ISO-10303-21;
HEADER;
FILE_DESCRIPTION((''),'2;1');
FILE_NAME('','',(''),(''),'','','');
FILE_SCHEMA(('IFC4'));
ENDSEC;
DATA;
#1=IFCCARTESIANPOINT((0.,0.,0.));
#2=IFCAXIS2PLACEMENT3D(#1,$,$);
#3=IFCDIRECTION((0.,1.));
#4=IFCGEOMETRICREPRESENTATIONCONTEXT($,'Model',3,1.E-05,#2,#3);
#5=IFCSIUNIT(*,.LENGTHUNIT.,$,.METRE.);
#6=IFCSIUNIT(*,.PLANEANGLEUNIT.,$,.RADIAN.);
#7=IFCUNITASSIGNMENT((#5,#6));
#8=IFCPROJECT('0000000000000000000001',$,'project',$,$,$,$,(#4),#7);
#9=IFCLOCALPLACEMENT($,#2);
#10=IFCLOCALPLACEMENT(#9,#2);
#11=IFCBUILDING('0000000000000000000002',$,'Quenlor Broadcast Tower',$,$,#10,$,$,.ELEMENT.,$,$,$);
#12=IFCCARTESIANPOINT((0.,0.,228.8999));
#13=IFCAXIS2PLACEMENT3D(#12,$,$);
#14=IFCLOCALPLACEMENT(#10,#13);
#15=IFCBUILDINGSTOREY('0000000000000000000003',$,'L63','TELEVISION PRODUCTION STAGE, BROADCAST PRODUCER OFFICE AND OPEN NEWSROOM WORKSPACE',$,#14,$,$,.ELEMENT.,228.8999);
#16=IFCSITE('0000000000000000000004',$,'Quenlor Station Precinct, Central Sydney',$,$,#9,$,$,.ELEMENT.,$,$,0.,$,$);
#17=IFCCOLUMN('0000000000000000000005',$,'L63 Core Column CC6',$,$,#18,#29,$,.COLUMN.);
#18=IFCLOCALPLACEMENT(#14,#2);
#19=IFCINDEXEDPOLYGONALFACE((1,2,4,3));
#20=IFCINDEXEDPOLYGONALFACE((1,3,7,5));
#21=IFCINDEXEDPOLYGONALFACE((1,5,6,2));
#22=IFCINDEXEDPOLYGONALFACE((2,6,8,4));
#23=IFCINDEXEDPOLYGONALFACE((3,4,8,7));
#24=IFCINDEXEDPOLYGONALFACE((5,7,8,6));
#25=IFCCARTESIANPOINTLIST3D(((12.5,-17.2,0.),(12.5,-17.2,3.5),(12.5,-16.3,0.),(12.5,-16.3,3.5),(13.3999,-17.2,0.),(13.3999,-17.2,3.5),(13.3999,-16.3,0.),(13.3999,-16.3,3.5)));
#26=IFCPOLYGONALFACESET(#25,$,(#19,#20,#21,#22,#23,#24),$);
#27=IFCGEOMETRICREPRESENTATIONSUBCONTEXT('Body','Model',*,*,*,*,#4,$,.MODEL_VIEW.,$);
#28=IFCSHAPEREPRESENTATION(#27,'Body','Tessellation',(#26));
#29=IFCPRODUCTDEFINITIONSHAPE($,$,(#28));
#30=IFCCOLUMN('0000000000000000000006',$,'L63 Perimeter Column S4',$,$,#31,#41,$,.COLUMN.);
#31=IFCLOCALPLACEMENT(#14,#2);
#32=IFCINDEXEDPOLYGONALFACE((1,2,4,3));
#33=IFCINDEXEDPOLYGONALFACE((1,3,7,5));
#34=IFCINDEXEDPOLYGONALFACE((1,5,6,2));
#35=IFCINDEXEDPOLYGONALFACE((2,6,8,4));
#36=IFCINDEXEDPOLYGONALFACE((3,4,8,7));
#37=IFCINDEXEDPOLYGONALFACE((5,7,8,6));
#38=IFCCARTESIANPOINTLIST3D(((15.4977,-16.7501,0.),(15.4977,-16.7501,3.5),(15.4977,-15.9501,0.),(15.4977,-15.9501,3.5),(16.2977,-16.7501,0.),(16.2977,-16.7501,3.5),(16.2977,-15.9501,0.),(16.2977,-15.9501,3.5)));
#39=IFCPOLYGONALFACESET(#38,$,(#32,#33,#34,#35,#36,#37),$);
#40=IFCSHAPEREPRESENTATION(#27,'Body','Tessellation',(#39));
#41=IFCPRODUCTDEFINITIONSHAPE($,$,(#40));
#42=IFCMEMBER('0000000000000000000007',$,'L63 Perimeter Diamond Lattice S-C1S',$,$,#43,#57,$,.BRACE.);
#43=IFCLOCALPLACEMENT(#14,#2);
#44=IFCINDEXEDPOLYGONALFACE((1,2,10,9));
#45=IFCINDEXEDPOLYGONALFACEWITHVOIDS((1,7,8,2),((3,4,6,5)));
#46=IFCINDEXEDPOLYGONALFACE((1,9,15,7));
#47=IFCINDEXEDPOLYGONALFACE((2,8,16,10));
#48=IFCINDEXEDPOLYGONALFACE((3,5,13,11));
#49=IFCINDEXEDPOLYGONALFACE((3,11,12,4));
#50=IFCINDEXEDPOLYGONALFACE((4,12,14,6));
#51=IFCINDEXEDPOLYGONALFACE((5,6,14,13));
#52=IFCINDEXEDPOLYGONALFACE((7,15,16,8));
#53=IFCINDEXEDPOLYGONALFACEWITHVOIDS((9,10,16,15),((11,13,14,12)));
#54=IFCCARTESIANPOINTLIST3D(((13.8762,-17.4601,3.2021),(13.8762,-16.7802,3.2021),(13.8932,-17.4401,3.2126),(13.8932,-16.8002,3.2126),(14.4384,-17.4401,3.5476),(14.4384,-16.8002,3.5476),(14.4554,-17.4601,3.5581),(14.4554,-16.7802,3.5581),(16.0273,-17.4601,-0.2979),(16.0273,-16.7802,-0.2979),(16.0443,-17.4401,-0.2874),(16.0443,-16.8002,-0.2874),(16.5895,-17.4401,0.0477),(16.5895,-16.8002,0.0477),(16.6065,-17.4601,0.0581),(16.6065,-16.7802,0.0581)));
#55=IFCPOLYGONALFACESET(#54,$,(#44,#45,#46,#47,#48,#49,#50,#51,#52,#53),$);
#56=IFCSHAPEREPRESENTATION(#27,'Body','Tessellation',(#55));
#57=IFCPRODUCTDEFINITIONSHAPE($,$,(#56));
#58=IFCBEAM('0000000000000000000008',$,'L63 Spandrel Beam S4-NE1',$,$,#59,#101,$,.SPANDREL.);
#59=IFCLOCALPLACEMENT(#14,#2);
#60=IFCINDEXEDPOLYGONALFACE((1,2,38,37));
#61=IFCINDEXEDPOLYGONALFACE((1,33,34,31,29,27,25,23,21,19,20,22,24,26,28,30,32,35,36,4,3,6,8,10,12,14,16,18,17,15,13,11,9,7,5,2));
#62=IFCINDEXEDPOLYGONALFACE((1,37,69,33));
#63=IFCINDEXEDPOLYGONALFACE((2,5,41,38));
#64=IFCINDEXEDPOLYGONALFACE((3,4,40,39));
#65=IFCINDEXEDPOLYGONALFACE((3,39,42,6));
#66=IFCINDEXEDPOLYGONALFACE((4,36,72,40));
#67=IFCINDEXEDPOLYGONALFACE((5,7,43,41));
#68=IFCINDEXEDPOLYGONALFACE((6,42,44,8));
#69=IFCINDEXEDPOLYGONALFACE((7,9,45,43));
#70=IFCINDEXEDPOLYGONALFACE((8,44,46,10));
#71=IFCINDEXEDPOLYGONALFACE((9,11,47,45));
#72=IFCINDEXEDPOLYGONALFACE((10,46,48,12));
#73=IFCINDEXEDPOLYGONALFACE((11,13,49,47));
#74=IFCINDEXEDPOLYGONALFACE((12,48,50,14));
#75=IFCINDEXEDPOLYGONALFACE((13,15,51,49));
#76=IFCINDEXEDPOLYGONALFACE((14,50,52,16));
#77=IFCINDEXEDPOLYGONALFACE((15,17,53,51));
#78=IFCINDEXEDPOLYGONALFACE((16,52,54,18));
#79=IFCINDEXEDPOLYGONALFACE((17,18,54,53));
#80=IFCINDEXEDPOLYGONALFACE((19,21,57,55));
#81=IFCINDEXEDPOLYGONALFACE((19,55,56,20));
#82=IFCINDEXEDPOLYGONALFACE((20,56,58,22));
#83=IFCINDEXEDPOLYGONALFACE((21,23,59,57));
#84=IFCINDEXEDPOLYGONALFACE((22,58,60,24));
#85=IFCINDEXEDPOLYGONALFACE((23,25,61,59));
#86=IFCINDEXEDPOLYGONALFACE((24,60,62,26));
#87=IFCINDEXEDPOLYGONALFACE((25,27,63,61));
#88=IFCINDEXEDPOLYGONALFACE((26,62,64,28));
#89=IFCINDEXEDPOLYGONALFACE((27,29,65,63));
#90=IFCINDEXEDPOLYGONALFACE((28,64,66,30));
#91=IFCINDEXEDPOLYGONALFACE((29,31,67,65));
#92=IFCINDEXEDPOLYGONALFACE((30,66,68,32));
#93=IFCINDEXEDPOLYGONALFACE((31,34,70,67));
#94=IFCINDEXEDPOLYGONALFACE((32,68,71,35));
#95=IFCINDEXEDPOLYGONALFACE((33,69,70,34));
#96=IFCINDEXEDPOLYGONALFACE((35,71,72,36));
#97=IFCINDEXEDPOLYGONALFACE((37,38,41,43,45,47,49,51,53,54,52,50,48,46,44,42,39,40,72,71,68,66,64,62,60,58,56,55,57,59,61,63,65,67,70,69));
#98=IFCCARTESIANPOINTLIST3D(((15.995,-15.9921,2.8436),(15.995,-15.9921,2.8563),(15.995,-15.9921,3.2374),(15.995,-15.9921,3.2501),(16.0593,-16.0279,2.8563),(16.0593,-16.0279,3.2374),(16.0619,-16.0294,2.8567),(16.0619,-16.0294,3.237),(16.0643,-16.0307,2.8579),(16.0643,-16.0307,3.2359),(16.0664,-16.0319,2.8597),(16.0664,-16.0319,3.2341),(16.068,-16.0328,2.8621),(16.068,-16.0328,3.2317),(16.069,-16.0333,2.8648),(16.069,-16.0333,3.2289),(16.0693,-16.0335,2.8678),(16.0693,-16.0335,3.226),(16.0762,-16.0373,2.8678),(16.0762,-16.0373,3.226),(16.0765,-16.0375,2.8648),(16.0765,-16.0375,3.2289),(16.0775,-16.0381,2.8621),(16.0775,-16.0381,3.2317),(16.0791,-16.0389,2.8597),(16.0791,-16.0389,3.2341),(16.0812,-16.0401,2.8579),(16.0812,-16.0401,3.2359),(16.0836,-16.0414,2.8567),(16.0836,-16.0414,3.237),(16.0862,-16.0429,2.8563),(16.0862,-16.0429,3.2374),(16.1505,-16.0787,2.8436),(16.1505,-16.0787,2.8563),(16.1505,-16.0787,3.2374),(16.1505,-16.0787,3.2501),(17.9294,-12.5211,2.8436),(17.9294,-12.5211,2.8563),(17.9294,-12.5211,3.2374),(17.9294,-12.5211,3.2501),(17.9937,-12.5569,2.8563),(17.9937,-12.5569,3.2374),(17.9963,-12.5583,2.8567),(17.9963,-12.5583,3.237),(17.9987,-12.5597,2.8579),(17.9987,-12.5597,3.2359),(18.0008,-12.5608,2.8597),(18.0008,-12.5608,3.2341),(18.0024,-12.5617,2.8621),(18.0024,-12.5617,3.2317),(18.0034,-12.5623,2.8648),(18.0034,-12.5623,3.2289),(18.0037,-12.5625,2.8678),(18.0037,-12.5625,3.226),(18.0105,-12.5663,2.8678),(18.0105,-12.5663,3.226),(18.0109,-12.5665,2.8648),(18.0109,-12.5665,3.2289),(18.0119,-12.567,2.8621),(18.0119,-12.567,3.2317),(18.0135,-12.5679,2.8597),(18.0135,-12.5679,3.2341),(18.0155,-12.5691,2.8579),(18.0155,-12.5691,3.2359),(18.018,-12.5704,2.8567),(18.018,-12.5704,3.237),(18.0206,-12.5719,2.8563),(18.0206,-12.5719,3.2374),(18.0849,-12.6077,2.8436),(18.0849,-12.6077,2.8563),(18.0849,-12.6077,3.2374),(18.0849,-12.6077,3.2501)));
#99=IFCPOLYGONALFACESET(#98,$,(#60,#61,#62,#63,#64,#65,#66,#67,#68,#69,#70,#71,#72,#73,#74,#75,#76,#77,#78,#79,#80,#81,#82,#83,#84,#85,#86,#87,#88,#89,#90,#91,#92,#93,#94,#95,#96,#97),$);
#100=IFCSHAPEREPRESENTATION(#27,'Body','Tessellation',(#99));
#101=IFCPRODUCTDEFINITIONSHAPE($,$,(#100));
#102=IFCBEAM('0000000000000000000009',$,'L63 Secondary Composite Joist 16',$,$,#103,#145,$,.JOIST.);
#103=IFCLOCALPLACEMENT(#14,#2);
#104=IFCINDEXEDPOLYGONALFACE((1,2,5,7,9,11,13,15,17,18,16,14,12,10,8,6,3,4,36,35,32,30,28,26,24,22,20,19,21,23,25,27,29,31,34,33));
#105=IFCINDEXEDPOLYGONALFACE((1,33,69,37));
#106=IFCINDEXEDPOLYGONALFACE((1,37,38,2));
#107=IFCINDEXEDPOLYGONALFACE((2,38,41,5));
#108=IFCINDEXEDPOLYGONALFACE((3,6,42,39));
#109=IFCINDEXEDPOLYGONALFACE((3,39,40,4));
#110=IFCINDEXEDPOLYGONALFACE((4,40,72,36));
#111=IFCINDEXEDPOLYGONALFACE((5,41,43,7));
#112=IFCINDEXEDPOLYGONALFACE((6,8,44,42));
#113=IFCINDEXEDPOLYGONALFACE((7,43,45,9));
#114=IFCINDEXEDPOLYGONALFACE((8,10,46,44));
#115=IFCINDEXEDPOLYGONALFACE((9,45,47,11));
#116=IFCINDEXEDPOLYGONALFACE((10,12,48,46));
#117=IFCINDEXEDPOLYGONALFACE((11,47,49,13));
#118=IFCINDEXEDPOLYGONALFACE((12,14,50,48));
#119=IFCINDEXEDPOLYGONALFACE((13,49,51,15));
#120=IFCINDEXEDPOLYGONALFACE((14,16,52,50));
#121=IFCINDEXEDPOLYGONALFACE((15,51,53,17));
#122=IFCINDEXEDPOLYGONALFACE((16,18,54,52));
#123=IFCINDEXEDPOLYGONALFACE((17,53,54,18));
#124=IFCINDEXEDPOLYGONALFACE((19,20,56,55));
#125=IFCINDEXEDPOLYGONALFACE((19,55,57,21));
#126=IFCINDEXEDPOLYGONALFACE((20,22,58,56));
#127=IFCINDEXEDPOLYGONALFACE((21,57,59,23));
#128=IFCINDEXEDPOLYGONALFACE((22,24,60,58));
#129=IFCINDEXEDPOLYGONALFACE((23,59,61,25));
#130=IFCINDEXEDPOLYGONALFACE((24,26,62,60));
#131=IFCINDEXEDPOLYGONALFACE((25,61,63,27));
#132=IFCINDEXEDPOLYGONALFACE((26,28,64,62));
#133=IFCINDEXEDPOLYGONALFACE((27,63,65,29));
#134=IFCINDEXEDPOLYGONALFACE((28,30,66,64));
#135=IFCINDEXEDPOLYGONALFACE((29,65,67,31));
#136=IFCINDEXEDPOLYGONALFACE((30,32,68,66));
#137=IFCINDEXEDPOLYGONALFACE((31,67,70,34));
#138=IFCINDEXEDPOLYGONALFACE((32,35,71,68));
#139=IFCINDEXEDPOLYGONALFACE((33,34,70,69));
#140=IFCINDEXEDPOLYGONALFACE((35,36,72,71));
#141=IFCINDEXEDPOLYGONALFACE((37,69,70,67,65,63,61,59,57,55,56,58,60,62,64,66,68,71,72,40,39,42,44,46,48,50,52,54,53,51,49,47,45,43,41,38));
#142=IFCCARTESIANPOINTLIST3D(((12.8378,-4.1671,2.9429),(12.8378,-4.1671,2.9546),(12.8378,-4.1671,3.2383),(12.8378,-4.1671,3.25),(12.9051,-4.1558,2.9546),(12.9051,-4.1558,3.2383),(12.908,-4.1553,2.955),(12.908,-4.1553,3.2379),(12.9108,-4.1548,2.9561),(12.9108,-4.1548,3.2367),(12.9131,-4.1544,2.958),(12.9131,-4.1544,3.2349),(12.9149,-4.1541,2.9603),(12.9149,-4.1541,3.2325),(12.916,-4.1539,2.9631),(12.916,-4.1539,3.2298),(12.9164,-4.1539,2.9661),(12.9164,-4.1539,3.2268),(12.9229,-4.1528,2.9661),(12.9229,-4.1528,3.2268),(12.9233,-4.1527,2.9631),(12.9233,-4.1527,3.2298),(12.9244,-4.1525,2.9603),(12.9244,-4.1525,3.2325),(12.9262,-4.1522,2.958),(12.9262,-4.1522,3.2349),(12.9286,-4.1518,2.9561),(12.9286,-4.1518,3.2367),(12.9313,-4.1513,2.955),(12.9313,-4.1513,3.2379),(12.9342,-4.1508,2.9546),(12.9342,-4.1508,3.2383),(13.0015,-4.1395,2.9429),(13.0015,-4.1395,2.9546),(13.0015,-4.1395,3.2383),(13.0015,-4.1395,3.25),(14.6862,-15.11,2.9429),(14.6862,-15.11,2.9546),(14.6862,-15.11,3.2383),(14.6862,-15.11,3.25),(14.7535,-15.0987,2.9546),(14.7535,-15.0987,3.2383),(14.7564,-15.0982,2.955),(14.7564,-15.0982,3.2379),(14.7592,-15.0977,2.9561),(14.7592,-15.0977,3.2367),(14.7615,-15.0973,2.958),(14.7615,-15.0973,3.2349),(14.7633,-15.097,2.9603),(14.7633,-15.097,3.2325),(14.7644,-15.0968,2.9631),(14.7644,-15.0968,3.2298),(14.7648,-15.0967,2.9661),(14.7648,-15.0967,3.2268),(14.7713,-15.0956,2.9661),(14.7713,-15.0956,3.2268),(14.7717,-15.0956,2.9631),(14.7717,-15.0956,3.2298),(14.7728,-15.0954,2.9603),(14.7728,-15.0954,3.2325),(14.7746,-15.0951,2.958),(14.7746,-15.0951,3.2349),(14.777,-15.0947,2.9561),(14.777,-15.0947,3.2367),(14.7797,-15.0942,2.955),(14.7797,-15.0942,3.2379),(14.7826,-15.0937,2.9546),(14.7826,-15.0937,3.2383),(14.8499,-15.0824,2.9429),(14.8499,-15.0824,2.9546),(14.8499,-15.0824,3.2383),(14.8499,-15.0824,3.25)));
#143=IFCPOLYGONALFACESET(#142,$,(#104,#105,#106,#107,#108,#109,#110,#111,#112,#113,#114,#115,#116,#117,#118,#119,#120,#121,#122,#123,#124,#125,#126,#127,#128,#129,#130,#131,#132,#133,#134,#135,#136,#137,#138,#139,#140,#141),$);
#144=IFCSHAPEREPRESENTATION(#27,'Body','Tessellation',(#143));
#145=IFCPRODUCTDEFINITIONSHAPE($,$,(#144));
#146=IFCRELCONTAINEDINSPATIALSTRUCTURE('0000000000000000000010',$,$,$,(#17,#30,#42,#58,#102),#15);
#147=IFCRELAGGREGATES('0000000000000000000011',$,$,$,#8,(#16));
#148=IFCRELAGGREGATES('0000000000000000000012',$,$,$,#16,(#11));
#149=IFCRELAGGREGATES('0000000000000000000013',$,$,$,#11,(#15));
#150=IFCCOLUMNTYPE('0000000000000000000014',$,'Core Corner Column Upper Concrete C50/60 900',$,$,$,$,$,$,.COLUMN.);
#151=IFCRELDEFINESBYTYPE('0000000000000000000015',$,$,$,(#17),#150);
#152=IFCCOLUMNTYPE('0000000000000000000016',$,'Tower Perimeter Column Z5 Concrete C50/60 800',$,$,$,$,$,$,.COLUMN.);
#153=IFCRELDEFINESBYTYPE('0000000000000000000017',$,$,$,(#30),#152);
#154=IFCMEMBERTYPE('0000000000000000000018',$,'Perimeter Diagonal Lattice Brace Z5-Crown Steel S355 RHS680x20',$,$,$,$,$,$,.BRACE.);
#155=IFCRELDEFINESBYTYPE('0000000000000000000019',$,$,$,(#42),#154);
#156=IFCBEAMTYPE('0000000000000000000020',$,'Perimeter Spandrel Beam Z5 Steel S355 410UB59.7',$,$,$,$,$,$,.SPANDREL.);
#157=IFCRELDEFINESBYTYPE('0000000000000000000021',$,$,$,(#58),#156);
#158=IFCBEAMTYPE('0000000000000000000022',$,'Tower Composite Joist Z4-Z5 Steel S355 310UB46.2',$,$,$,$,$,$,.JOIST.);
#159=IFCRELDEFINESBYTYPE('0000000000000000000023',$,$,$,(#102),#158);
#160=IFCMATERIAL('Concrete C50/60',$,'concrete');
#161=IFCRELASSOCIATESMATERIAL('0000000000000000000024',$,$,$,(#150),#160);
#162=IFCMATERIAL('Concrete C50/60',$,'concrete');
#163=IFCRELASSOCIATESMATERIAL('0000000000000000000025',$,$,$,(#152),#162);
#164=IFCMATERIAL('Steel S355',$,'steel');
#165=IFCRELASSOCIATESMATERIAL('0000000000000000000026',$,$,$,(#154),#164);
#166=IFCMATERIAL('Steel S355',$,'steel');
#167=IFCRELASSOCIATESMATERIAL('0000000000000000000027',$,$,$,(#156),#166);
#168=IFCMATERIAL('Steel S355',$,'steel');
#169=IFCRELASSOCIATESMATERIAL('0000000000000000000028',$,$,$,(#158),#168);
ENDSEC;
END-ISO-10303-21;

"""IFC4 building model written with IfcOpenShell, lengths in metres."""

from ifc_helpers import new_model, si_unit, direction, frame, origin, origin_2d, place, context, subcontext, project, spatial, rectangle, hollow_rectangle, i_section, extrude, material, material_profile, profile_set, type_object, element, save


model = new_model("IFC4")

# Units and contexts
model_context = context("Model", 3, precision=1e-05, world=origin(), true_north=direction((0.0, 1.0)))
body_context = subcontext(model_context, "Body", "Model", "MODEL_VIEW")
ifc_project = project(units=[si_unit("LENGTHUNIT", "METRE"), si_unit("PLANEANGLEUNIT", "RADIAN")], contexts=[model_context])

# Site, building, storey
site_placement = place(None, origin())
site = spatial("IfcSite", under=ifc_project, at=site_placement, Name="Quenlor Station Precinct, Central Sydney", CompositionType="ELEMENT", RefElevation=0.0)
building_placement = place(site_placement, origin())
building = spatial("IfcBuilding", under=site, at=building_placement, Name="Quenlor Broadcast Tower", CompositionType="ELEMENT")
storey_placement = place(building_placement, frame((0.0, 0.0, 228.8999)))
storey = spatial("IfcBuildingStorey", under=building, at=storey_placement, Name="L63", Description="TELEVISION PRODUCTION STAGE, BROADCAST PRODUCER OFFICE AND OPEN NEWSROOM WORKSPACE", CompositionType="ELEMENT", Elevation=228.8999)

# Columns
ifc_material_1 = material(Name="Concrete C50/60", Category="concrete")
ifc_material_profile_1 = material_profile(ifc_material_1, rectangle(XDim=0.8999, YDim=0.8999, at=origin_2d()))
ifc_profile_set_1 = profile_set([ifc_material_profile_1], Name="Concrete C50/60 RC900x900")
column_type_1 = type_object("IfcColumnType", Name="Core Corner Column Upper Concrete C50/60 900", PredefinedType="COLUMN", material=ifc_profile_set_1)
column_1_placement = place(storey_placement, frame((12.95, -16.75, 0.0), z_axis=(0.0, 0.0, 1.0), x_axis=(1.0, 0.0, 0.0)))
element("IfcColumn", 1, at=column_1_placement, inside=storey, type_object=column_type_1, Name="L63 Core Column CC6", PredefinedType="COLUMN", context=body_context, shape_type="SweptSolid", body=[
    extrude(rectangle(XDim=0.8999, YDim=0.8999, at=origin_2d()), origin(), (0.0, 0.0, 1.0), 3.5),
])
ifc_material_2 = material(Name="Concrete C50/60", Category="concrete")
ifc_material_profile_2 = material_profile(ifc_material_2, rectangle(XDim=0.8, YDim=0.8, at=origin_2d()))
ifc_profile_set_2 = profile_set([ifc_material_profile_2], Name="Concrete C50/60 RC800x800")
column_type_2 = type_object("IfcColumnType", Name="Tower Perimeter Column Z5 Concrete C50/60 800", PredefinedType="COLUMN", material=ifc_profile_set_2)
column_2_placement = place(storey_placement, frame((15.8977, -16.3501, 0.0), z_axis=(0.0, 0.0, 1.0), x_axis=(0.0, 1.0, 0.0)))
element("IfcColumn", 2, at=column_2_placement, inside=storey, type_object=column_type_2, Name="L63 Perimeter Column S4", PredefinedType="COLUMN", context=body_context, shape_type="SweptSolid", body=[
    extrude(rectangle(XDim=0.8, YDim=0.8, at=origin_2d()), origin(), (0.0, 0.0, 1.0), 3.5),
])

# Member
ifc_material_3 = material(Name="Steel S355", Category="steel")
ifc_material_profile_3 = material_profile(ifc_material_3, hollow_rectangle(XDim=0.6799, YDim=0.6799, WallThickness=0.02, at=origin_2d()))
ifc_profile_set_3 = profile_set([ifc_material_profile_3], Name="Steel S355 RHS680x680x20")
member_type = type_object("IfcMemberType", Name="Perimeter Diagonal Lattice Brace Z5-Crown Steel S355 RHS680x20", PredefinedType="BRACE", material=ifc_profile_set_3)
member_placement = place(storey_placement, frame((16.3169, -17.1201, -0.1199), z_axis=(-0.523617, 0.0, 0.851954), x_axis=(0.0, -1.0, 0.0)))
element("IfcMember", 3, at=member_placement, inside=storey, type_object=member_type, Name="L63 Perimeter Diamond Lattice S-C1S", PredefinedType="BRACE", context=body_context, shape_type="SweptSolid", body=[
    extrude(hollow_rectangle(XDim=0.6799, YDim=0.6799, WallThickness=0.02, at=origin_2d()), origin(), (0.0, 0.0, 1.0), 4.1082),
])

# Beams
ifc_material_4 = material(Name="Steel S355", Category="steel")
ifc_material_profile_4 = material_profile(ifc_material_4, i_section(OverallWidth=0.178, OverallDepth=0.4065, WebThickness=0.0078, FlangeThickness=0.0127, FilletRadius=0.0115, at=origin_2d()))
ifc_profile_set_4 = profile_set([ifc_material_profile_4], Name="Steel S355 410UB59.7")
beam_type_1 = type_object("IfcBeamType", Name="Perimeter Spandrel Beam Z5 Steel S355 410UB59.7", PredefinedType="SPANDREL", material=ifc_profile_set_4)
beam_1_placement = place(storey_placement, frame((16.0728, -16.0354, 3.0469), z_axis=(0.486801, 0.873513, 0.0), x_axis=(-0.873513, 0.486801, 0.0)))
element("IfcBeam", 4, at=beam_1_placement, inside=storey, type_object=beam_type_1, Name="L63 Spandrel Beam S4-NE1", PredefinedType="SPANDREL", context=body_context, shape_type="SweptSolid", body=[
    extrude(i_section(OverallWidth=0.178, OverallDepth=0.4065, WebThickness=0.0078, FlangeThickness=0.0127, FilletRadius=0.0115, at=origin_2d()), origin(), (0.0, 0.0, 1.0), 3.9736),
])
ifc_material_5 = material(Name="Steel S355", Category="steel")
ifc_material_profile_5 = material_profile(ifc_material_5, i_section(OverallWidth=0.166, OverallDepth=0.3071, WebThickness=0.0066, FlangeThickness=0.0117, FilletRadius=0.0115, at=origin_2d()))
ifc_profile_set_5 = profile_set([ifc_material_profile_5], Name="Steel S355 310UB46.2")
beam_type_2 = type_object("IfcBeamType", Name="Tower Composite Joist Z4-Z5 Steel S355 310UB46.2", PredefinedType="JOIST", material=ifc_profile_set_5)
beam_2_placement = place(storey_placement, frame((14.7681, -15.0962, 3.0964), z_axis=(-0.166553, 0.986032, 0.0), x_axis=(-0.986032, -0.166553, 0.0)))
element("IfcBeam", 5, at=beam_2_placement, inside=storey, type_object=beam_type_2, Name="L63 Secondary Composite Joist 16", PredefinedType="JOIST", context=body_context, shape_type="SweptSolid", body=[
    extrude(i_section(OverallWidth=0.166, OverallDepth=0.3071, WebThickness=0.0066, FlangeThickness=0.0117, FilletRadius=0.0115, at=origin_2d()), origin(), (0.0, 0.0, 1.0), 11.0979),
])

save(model, "model.ifc")
